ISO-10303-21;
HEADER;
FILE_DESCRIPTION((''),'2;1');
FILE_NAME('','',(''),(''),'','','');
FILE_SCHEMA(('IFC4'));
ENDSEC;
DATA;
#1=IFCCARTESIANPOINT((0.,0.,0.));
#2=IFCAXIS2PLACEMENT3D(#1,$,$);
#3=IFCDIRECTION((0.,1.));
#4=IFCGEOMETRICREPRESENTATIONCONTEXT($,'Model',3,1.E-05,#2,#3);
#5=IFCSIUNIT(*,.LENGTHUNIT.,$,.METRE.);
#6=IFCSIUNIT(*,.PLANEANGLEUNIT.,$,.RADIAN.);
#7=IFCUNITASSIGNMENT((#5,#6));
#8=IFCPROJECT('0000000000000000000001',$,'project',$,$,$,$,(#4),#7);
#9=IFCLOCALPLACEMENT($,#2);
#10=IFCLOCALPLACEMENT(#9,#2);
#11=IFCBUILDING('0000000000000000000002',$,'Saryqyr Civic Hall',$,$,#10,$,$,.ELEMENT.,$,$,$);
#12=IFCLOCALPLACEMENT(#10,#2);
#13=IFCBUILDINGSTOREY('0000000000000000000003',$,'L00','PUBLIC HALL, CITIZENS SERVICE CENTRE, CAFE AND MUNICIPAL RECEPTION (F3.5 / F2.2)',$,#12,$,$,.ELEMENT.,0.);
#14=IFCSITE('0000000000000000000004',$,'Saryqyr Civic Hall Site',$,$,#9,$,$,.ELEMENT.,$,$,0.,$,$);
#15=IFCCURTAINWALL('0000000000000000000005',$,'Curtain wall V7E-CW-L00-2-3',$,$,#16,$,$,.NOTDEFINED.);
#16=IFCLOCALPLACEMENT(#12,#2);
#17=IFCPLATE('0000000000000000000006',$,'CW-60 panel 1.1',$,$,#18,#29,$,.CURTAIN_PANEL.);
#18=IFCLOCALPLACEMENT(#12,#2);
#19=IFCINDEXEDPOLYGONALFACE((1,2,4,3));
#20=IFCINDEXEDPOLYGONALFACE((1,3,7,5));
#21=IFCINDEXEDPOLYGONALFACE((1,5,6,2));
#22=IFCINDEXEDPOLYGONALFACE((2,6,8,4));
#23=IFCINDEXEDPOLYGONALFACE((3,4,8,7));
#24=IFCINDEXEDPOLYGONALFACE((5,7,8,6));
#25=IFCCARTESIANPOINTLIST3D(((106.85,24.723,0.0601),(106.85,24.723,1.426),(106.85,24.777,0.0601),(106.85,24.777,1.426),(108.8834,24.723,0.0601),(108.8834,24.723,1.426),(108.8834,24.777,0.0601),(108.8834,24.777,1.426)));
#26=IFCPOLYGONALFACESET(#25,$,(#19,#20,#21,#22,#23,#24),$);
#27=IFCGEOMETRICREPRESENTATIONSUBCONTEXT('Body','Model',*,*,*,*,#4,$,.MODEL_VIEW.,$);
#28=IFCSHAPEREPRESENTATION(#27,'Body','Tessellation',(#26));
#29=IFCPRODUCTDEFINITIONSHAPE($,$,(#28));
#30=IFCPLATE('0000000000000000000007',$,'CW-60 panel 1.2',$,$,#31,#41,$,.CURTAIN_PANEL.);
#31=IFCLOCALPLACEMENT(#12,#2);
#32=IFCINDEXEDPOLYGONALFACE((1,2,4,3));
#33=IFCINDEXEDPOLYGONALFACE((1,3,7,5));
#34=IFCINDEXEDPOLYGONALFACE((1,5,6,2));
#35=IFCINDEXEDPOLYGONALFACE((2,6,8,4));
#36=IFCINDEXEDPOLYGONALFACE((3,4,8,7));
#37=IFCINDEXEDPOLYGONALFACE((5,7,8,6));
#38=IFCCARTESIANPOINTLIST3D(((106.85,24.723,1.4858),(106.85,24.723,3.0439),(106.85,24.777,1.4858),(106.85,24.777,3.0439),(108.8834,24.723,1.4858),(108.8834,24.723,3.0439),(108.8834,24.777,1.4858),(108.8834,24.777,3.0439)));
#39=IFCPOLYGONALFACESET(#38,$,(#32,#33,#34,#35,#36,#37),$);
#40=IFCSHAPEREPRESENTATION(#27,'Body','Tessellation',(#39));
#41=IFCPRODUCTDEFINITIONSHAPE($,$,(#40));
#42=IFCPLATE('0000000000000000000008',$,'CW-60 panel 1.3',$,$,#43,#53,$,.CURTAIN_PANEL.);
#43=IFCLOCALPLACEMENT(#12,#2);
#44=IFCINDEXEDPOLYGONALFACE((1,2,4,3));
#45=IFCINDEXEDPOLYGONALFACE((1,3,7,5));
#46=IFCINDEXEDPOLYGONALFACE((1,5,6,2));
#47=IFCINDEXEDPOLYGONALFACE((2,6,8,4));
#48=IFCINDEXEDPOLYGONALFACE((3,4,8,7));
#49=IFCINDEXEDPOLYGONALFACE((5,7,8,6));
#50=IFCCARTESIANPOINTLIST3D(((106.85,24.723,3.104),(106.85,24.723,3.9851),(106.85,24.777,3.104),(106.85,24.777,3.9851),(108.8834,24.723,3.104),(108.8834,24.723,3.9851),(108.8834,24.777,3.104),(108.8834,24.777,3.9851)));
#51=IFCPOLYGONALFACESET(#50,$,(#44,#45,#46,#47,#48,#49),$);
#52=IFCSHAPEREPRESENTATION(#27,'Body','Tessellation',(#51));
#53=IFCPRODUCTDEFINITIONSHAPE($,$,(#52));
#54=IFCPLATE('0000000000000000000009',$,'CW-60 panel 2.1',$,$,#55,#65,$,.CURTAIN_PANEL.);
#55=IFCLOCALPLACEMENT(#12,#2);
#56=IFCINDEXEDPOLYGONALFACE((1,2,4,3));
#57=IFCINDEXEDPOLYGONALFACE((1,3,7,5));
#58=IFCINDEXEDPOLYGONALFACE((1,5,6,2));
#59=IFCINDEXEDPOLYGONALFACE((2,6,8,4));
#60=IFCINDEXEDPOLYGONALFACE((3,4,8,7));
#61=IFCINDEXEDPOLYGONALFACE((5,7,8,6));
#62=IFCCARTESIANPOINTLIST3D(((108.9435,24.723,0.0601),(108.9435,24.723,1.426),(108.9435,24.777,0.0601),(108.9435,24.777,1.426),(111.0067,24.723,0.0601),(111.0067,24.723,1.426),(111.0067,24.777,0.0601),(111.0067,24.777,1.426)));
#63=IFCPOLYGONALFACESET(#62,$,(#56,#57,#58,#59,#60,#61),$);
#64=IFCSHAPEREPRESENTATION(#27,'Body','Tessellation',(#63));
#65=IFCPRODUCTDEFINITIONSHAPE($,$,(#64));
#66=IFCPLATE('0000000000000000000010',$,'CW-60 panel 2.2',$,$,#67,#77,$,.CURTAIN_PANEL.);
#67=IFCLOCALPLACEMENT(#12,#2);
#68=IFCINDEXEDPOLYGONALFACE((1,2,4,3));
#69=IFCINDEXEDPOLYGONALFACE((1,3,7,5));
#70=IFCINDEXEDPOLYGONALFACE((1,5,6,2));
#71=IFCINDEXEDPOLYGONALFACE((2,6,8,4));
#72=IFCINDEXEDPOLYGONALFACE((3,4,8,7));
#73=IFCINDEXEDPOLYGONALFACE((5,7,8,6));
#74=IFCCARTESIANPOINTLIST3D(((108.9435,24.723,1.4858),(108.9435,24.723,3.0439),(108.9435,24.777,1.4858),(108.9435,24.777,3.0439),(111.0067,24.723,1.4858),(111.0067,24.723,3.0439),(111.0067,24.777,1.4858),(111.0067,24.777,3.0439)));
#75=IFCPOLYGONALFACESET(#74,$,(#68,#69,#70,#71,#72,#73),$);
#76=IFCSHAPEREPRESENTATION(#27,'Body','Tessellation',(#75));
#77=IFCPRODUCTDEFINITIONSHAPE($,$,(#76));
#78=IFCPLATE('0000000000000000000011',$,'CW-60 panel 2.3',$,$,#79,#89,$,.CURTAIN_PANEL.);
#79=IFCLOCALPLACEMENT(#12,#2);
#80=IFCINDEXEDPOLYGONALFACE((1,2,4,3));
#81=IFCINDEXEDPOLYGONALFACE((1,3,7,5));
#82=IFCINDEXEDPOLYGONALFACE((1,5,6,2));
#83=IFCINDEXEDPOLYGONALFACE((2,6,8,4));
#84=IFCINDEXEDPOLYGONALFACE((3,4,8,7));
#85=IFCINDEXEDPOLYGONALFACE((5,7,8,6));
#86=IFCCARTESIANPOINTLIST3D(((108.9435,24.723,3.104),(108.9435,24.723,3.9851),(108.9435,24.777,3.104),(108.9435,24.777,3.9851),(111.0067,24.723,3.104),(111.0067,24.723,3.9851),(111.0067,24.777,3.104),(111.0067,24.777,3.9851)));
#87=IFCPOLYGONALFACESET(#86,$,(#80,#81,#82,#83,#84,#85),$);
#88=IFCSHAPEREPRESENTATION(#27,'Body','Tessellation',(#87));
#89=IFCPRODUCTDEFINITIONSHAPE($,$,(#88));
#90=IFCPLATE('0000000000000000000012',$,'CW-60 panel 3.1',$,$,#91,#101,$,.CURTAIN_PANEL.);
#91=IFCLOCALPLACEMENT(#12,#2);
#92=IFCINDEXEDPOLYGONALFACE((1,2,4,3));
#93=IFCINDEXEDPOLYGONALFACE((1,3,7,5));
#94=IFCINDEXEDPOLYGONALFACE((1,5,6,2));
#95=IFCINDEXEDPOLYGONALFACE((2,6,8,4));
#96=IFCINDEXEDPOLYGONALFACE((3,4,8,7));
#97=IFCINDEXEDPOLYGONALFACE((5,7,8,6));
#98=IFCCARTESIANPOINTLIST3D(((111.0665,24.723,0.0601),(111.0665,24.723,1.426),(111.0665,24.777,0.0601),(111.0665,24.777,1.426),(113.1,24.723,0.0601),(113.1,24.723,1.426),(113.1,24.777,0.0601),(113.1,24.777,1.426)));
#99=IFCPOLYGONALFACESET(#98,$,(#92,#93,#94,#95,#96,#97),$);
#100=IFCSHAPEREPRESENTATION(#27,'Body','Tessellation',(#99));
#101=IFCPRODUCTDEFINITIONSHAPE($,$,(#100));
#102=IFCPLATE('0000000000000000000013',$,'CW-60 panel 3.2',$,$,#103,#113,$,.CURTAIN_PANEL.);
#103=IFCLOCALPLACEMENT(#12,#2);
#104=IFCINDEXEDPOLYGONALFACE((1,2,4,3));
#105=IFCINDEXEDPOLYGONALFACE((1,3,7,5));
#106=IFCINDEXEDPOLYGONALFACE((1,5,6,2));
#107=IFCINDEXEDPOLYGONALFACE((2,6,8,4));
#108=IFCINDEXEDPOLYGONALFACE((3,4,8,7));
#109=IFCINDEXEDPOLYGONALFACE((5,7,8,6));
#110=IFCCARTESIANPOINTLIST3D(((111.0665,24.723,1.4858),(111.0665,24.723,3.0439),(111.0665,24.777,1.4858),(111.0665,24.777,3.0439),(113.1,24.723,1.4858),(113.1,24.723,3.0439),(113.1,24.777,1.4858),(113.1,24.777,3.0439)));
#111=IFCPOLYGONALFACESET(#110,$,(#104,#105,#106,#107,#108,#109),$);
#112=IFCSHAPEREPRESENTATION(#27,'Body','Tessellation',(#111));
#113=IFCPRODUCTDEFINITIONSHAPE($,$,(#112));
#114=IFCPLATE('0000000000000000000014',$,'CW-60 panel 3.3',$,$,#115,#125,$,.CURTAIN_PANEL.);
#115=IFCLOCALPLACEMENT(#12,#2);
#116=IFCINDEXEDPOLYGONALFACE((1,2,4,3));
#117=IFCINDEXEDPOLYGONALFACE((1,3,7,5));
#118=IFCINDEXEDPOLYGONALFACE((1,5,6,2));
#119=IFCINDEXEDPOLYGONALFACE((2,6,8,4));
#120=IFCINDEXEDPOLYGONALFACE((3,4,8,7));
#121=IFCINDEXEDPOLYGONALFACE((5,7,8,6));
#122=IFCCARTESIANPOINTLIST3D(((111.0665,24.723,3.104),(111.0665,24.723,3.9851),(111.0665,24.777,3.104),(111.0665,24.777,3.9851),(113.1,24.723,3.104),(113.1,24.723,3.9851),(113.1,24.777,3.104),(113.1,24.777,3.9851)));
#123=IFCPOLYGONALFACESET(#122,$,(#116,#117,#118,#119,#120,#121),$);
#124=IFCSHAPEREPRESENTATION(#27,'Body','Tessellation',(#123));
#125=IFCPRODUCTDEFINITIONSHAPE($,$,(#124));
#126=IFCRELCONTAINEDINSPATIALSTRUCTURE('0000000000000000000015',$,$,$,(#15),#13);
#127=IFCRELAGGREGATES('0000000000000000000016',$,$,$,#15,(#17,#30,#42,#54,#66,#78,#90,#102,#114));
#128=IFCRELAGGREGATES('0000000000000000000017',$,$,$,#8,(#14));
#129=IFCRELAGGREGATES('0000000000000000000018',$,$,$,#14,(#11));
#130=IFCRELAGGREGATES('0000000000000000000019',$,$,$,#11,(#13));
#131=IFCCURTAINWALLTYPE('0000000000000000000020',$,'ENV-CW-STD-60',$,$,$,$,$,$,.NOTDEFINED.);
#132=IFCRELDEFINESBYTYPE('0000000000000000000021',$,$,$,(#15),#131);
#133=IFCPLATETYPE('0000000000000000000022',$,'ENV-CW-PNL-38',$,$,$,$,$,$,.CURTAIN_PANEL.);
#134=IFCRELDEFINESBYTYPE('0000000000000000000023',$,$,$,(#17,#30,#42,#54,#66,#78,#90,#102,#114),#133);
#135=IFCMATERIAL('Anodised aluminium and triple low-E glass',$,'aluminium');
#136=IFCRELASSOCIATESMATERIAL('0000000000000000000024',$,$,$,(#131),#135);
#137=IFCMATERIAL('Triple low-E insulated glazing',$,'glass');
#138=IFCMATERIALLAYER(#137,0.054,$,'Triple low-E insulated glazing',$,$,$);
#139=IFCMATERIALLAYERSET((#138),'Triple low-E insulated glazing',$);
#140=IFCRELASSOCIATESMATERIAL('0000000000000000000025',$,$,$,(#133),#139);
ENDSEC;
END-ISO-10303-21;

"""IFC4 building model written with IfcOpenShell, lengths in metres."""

from ifc_helpers import new_model, si_unit, direction, frame, origin, origin_2d, place, context, subcontext, project, spatial, rectangle, extrude, material, layer, layer_set, type_object, element, aggregate, save


model = new_model("IFC4")

# Units and contexts
model_context = context("Model", 3, precision=1e-05, world=origin(), true_north=direction((0.0, 1.0)))
body_context = subcontext(model_context, "Body", "Model", "MODEL_VIEW")
ifc_project = project(units=[si_unit("LENGTHUNIT", "METRE"), si_unit("PLANEANGLEUNIT", "RADIAN")], contexts=[model_context])

# Site, building, storey
site_placement = place(None, origin())
site = spatial("IfcSite", under=ifc_project, at=site_placement, Name="Saryqyr Civic Hall Site", CompositionType="ELEMENT", RefElevation=0.0)
building_placement = place(site_placement, origin())
building = spatial("IfcBuilding", under=site, at=building_placement, Name="Saryqyr Civic Hall", CompositionType="ELEMENT")
storey_placement = place(building_placement, origin())
storey = spatial("IfcBuildingStorey", under=building, at=storey_placement, Name="L00", Description="PUBLIC HALL, CITIZENS SERVICE CENTRE, CAFE AND MUNICIPAL RECEPTION (F3.5 / F2.2)", CompositionType="ELEMENT", Elevation=0.0)

# Curtain wall
ifc_material_1 = material(Name="Anodised aluminium and triple low-E glass", Category="aluminium")
curtain_wall_type_1 = type_object("IfcCurtainWallType", Name="ENV-CW-STD-60", PredefinedType="NOTDEFINED", material=ifc_material_1)
curtain_wall_1_placement = place(storey_placement, origin())
curtain_wall_1 = element("IfcCurtainWall", 1, at=curtain_wall_1_placement, inside=storey, type_object=curtain_wall_type_1, Name="Curtain wall V7E-CW-L00-2-3", PredefinedType="NOTDEFINED")

# Plates
ifc_material_2 = material(Name="Triple low-E insulated glazing", Category="glass")
ifc_layer_1 = layer(ifc_material_2, 0.054, Name="Triple low-E insulated glazing")
ifc_layer_set_1 = layer_set([ifc_layer_1], Name="Triple low-E insulated glazing")
plate_type = type_object("IfcPlateType", Name="ENV-CW-PNL-38", PredefinedType="CURTAIN_PANEL", material=ifc_layer_set_1)
plate_1_placement = place(storey_placement, frame((107.8667, 24.75, 0.0601), z_axis=(0.0, 0.0, 1.0), x_axis=(1.0, 0.0, 0.0)))
plate_1 = element("IfcPlate", 2, at=plate_1_placement, type_object=plate_type, Name="CW-60 panel 1.1", PredefinedType="CURTAIN_PANEL", context=body_context, shape_type="SweptSolid", body=[
    extrude(rectangle(XDim=2.0334, YDim=0.054, at=origin_2d()), origin(), (0.0, 0.0, 1.0), 1.366),
])
plate_2_placement = place(storey_placement, frame((107.8667, 24.75, 1.4858), z_axis=(0.0, 0.0, 1.0), x_axis=(1.0, 0.0, 0.0)))
plate_2 = element("IfcPlate", 3, at=plate_2_placement, type_object=plate_type, Name="CW-60 panel 1.2", PredefinedType="CURTAIN_PANEL", context=body_context, shape_type="SweptSolid", body=[
    extrude(rectangle(XDim=2.0334, YDim=0.054, at=origin_2d()), origin(), (0.0, 0.0, 1.0), 1.5581),
])
plate_3_placement = place(storey_placement, frame((107.8667, 24.75, 3.104), z_axis=(0.0, 0.0, 1.0), x_axis=(1.0, 0.0, 0.0)))
plate_3 = element("IfcPlate", 4, at=plate_3_placement, type_object=plate_type, Name="CW-60 panel 1.3", PredefinedType="CURTAIN_PANEL", context=body_context, shape_type="SweptSolid", body=[
    extrude(rectangle(XDim=2.0334, YDim=0.054, at=origin_2d()), origin(), (0.0, 0.0, 1.0), 0.8811),
])
plate_4_placement = place(storey_placement, frame((109.9751, 24.75, 0.0601), z_axis=(0.0, 0.0, 1.0), x_axis=(1.0, 0.0, 0.0)))
plate_4 = element("IfcPlate", 5, at=plate_4_placement, type_object=plate_type, Name="CW-60 panel 2.1", PredefinedType="CURTAIN_PANEL", context=body_context, shape_type="SweptSolid", body=[
    extrude(rectangle(XDim=2.0632, YDim=0.054, at=origin_2d()), origin(), (0.0, 0.0, 1.0), 1.366),
])
plate_5_placement = place(storey_placement, frame((109.9751, 24.75, 1.4858), z_axis=(0.0, 0.0, 1.0), x_axis=(1.0, 0.0, 0.0)))
plate_5 = element("IfcPlate", 6, at=plate_5_placement, type_object=plate_type, Name="CW-60 panel 2.2", PredefinedType="CURTAIN_PANEL", context=body_context, shape_type="SweptSolid", body=[
    extrude(rectangle(XDim=2.0632, YDim=0.054, at=origin_2d()), origin(), (0.0, 0.0, 1.0), 1.5581),
])
plate_6_placement = place(storey_placement, frame((109.9751, 24.75, 3.104), z_axis=(0.0, 0.0, 1.0), x_axis=(1.0, 0.0, 0.0)))
plate_6 = element("IfcPlate", 7, at=plate_6_placement, type_object=plate_type, Name="CW-60 panel 2.3", PredefinedType="CURTAIN_PANEL", context=body_context, shape_type="SweptSolid", body=[
    extrude(rectangle(XDim=2.0632, YDim=0.054, at=origin_2d()), origin(), (0.0, 0.0, 1.0), 0.8811),
])
plate_7_placement = place(storey_placement, frame((112.0833, 24.75, 0.0601), z_axis=(0.0, 0.0, 1.0), x_axis=(1.0, 0.0, 0.0)))
plate_7 = element("IfcPlate", 8, at=plate_7_placement, type_object=plate_type, Name="CW-60 panel 3.1", PredefinedType="CURTAIN_PANEL", context=body_context, shape_type="SweptSolid", body=[
    extrude(rectangle(XDim=2.0334, YDim=0.054, at=origin_2d()), origin(), (0.0, 0.0, 1.0), 1.366),
])
plate_8_placement = place(storey_placement, frame((112.0833, 24.75, 1.4858), z_axis=(0.0, 0.0, 1.0), x_axis=(1.0, 0.0, 0.0)))
plate_8 = element("IfcPlate", 9, at=plate_8_placement, type_object=plate_type, Name="CW-60 panel 3.2", PredefinedType="CURTAIN_PANEL", context=body_context, shape_type="SweptSolid", body=[
    extrude(rectangle(XDim=2.0334, YDim=0.054, at=origin_2d()), origin(), (0.0, 0.0, 1.0), 1.5581),
])
plate_9_placement = place(storey_placement, frame((112.0833, 24.75, 3.104), z_axis=(0.0, 0.0, 1.0), x_axis=(1.0, 0.0, 0.0)))
plate_9 = element("IfcPlate", 10, at=plate_9_placement, type_object=plate_type, Name="CW-60 panel 3.3", PredefinedType="CURTAIN_PANEL", context=body_context, shape_type="SweptSolid", body=[
    extrude(rectangle(XDim=2.0334, YDim=0.054, at=origin_2d()), origin(), (0.0, 0.0, 1.0), 0.8811),
])
aggregate(curtain_wall_1, [plate_1, plate_2, plate_3, plate_4, plate_5, plate_6, plate_7, plate_8, plate_9])

save(model, "model.ifc")
